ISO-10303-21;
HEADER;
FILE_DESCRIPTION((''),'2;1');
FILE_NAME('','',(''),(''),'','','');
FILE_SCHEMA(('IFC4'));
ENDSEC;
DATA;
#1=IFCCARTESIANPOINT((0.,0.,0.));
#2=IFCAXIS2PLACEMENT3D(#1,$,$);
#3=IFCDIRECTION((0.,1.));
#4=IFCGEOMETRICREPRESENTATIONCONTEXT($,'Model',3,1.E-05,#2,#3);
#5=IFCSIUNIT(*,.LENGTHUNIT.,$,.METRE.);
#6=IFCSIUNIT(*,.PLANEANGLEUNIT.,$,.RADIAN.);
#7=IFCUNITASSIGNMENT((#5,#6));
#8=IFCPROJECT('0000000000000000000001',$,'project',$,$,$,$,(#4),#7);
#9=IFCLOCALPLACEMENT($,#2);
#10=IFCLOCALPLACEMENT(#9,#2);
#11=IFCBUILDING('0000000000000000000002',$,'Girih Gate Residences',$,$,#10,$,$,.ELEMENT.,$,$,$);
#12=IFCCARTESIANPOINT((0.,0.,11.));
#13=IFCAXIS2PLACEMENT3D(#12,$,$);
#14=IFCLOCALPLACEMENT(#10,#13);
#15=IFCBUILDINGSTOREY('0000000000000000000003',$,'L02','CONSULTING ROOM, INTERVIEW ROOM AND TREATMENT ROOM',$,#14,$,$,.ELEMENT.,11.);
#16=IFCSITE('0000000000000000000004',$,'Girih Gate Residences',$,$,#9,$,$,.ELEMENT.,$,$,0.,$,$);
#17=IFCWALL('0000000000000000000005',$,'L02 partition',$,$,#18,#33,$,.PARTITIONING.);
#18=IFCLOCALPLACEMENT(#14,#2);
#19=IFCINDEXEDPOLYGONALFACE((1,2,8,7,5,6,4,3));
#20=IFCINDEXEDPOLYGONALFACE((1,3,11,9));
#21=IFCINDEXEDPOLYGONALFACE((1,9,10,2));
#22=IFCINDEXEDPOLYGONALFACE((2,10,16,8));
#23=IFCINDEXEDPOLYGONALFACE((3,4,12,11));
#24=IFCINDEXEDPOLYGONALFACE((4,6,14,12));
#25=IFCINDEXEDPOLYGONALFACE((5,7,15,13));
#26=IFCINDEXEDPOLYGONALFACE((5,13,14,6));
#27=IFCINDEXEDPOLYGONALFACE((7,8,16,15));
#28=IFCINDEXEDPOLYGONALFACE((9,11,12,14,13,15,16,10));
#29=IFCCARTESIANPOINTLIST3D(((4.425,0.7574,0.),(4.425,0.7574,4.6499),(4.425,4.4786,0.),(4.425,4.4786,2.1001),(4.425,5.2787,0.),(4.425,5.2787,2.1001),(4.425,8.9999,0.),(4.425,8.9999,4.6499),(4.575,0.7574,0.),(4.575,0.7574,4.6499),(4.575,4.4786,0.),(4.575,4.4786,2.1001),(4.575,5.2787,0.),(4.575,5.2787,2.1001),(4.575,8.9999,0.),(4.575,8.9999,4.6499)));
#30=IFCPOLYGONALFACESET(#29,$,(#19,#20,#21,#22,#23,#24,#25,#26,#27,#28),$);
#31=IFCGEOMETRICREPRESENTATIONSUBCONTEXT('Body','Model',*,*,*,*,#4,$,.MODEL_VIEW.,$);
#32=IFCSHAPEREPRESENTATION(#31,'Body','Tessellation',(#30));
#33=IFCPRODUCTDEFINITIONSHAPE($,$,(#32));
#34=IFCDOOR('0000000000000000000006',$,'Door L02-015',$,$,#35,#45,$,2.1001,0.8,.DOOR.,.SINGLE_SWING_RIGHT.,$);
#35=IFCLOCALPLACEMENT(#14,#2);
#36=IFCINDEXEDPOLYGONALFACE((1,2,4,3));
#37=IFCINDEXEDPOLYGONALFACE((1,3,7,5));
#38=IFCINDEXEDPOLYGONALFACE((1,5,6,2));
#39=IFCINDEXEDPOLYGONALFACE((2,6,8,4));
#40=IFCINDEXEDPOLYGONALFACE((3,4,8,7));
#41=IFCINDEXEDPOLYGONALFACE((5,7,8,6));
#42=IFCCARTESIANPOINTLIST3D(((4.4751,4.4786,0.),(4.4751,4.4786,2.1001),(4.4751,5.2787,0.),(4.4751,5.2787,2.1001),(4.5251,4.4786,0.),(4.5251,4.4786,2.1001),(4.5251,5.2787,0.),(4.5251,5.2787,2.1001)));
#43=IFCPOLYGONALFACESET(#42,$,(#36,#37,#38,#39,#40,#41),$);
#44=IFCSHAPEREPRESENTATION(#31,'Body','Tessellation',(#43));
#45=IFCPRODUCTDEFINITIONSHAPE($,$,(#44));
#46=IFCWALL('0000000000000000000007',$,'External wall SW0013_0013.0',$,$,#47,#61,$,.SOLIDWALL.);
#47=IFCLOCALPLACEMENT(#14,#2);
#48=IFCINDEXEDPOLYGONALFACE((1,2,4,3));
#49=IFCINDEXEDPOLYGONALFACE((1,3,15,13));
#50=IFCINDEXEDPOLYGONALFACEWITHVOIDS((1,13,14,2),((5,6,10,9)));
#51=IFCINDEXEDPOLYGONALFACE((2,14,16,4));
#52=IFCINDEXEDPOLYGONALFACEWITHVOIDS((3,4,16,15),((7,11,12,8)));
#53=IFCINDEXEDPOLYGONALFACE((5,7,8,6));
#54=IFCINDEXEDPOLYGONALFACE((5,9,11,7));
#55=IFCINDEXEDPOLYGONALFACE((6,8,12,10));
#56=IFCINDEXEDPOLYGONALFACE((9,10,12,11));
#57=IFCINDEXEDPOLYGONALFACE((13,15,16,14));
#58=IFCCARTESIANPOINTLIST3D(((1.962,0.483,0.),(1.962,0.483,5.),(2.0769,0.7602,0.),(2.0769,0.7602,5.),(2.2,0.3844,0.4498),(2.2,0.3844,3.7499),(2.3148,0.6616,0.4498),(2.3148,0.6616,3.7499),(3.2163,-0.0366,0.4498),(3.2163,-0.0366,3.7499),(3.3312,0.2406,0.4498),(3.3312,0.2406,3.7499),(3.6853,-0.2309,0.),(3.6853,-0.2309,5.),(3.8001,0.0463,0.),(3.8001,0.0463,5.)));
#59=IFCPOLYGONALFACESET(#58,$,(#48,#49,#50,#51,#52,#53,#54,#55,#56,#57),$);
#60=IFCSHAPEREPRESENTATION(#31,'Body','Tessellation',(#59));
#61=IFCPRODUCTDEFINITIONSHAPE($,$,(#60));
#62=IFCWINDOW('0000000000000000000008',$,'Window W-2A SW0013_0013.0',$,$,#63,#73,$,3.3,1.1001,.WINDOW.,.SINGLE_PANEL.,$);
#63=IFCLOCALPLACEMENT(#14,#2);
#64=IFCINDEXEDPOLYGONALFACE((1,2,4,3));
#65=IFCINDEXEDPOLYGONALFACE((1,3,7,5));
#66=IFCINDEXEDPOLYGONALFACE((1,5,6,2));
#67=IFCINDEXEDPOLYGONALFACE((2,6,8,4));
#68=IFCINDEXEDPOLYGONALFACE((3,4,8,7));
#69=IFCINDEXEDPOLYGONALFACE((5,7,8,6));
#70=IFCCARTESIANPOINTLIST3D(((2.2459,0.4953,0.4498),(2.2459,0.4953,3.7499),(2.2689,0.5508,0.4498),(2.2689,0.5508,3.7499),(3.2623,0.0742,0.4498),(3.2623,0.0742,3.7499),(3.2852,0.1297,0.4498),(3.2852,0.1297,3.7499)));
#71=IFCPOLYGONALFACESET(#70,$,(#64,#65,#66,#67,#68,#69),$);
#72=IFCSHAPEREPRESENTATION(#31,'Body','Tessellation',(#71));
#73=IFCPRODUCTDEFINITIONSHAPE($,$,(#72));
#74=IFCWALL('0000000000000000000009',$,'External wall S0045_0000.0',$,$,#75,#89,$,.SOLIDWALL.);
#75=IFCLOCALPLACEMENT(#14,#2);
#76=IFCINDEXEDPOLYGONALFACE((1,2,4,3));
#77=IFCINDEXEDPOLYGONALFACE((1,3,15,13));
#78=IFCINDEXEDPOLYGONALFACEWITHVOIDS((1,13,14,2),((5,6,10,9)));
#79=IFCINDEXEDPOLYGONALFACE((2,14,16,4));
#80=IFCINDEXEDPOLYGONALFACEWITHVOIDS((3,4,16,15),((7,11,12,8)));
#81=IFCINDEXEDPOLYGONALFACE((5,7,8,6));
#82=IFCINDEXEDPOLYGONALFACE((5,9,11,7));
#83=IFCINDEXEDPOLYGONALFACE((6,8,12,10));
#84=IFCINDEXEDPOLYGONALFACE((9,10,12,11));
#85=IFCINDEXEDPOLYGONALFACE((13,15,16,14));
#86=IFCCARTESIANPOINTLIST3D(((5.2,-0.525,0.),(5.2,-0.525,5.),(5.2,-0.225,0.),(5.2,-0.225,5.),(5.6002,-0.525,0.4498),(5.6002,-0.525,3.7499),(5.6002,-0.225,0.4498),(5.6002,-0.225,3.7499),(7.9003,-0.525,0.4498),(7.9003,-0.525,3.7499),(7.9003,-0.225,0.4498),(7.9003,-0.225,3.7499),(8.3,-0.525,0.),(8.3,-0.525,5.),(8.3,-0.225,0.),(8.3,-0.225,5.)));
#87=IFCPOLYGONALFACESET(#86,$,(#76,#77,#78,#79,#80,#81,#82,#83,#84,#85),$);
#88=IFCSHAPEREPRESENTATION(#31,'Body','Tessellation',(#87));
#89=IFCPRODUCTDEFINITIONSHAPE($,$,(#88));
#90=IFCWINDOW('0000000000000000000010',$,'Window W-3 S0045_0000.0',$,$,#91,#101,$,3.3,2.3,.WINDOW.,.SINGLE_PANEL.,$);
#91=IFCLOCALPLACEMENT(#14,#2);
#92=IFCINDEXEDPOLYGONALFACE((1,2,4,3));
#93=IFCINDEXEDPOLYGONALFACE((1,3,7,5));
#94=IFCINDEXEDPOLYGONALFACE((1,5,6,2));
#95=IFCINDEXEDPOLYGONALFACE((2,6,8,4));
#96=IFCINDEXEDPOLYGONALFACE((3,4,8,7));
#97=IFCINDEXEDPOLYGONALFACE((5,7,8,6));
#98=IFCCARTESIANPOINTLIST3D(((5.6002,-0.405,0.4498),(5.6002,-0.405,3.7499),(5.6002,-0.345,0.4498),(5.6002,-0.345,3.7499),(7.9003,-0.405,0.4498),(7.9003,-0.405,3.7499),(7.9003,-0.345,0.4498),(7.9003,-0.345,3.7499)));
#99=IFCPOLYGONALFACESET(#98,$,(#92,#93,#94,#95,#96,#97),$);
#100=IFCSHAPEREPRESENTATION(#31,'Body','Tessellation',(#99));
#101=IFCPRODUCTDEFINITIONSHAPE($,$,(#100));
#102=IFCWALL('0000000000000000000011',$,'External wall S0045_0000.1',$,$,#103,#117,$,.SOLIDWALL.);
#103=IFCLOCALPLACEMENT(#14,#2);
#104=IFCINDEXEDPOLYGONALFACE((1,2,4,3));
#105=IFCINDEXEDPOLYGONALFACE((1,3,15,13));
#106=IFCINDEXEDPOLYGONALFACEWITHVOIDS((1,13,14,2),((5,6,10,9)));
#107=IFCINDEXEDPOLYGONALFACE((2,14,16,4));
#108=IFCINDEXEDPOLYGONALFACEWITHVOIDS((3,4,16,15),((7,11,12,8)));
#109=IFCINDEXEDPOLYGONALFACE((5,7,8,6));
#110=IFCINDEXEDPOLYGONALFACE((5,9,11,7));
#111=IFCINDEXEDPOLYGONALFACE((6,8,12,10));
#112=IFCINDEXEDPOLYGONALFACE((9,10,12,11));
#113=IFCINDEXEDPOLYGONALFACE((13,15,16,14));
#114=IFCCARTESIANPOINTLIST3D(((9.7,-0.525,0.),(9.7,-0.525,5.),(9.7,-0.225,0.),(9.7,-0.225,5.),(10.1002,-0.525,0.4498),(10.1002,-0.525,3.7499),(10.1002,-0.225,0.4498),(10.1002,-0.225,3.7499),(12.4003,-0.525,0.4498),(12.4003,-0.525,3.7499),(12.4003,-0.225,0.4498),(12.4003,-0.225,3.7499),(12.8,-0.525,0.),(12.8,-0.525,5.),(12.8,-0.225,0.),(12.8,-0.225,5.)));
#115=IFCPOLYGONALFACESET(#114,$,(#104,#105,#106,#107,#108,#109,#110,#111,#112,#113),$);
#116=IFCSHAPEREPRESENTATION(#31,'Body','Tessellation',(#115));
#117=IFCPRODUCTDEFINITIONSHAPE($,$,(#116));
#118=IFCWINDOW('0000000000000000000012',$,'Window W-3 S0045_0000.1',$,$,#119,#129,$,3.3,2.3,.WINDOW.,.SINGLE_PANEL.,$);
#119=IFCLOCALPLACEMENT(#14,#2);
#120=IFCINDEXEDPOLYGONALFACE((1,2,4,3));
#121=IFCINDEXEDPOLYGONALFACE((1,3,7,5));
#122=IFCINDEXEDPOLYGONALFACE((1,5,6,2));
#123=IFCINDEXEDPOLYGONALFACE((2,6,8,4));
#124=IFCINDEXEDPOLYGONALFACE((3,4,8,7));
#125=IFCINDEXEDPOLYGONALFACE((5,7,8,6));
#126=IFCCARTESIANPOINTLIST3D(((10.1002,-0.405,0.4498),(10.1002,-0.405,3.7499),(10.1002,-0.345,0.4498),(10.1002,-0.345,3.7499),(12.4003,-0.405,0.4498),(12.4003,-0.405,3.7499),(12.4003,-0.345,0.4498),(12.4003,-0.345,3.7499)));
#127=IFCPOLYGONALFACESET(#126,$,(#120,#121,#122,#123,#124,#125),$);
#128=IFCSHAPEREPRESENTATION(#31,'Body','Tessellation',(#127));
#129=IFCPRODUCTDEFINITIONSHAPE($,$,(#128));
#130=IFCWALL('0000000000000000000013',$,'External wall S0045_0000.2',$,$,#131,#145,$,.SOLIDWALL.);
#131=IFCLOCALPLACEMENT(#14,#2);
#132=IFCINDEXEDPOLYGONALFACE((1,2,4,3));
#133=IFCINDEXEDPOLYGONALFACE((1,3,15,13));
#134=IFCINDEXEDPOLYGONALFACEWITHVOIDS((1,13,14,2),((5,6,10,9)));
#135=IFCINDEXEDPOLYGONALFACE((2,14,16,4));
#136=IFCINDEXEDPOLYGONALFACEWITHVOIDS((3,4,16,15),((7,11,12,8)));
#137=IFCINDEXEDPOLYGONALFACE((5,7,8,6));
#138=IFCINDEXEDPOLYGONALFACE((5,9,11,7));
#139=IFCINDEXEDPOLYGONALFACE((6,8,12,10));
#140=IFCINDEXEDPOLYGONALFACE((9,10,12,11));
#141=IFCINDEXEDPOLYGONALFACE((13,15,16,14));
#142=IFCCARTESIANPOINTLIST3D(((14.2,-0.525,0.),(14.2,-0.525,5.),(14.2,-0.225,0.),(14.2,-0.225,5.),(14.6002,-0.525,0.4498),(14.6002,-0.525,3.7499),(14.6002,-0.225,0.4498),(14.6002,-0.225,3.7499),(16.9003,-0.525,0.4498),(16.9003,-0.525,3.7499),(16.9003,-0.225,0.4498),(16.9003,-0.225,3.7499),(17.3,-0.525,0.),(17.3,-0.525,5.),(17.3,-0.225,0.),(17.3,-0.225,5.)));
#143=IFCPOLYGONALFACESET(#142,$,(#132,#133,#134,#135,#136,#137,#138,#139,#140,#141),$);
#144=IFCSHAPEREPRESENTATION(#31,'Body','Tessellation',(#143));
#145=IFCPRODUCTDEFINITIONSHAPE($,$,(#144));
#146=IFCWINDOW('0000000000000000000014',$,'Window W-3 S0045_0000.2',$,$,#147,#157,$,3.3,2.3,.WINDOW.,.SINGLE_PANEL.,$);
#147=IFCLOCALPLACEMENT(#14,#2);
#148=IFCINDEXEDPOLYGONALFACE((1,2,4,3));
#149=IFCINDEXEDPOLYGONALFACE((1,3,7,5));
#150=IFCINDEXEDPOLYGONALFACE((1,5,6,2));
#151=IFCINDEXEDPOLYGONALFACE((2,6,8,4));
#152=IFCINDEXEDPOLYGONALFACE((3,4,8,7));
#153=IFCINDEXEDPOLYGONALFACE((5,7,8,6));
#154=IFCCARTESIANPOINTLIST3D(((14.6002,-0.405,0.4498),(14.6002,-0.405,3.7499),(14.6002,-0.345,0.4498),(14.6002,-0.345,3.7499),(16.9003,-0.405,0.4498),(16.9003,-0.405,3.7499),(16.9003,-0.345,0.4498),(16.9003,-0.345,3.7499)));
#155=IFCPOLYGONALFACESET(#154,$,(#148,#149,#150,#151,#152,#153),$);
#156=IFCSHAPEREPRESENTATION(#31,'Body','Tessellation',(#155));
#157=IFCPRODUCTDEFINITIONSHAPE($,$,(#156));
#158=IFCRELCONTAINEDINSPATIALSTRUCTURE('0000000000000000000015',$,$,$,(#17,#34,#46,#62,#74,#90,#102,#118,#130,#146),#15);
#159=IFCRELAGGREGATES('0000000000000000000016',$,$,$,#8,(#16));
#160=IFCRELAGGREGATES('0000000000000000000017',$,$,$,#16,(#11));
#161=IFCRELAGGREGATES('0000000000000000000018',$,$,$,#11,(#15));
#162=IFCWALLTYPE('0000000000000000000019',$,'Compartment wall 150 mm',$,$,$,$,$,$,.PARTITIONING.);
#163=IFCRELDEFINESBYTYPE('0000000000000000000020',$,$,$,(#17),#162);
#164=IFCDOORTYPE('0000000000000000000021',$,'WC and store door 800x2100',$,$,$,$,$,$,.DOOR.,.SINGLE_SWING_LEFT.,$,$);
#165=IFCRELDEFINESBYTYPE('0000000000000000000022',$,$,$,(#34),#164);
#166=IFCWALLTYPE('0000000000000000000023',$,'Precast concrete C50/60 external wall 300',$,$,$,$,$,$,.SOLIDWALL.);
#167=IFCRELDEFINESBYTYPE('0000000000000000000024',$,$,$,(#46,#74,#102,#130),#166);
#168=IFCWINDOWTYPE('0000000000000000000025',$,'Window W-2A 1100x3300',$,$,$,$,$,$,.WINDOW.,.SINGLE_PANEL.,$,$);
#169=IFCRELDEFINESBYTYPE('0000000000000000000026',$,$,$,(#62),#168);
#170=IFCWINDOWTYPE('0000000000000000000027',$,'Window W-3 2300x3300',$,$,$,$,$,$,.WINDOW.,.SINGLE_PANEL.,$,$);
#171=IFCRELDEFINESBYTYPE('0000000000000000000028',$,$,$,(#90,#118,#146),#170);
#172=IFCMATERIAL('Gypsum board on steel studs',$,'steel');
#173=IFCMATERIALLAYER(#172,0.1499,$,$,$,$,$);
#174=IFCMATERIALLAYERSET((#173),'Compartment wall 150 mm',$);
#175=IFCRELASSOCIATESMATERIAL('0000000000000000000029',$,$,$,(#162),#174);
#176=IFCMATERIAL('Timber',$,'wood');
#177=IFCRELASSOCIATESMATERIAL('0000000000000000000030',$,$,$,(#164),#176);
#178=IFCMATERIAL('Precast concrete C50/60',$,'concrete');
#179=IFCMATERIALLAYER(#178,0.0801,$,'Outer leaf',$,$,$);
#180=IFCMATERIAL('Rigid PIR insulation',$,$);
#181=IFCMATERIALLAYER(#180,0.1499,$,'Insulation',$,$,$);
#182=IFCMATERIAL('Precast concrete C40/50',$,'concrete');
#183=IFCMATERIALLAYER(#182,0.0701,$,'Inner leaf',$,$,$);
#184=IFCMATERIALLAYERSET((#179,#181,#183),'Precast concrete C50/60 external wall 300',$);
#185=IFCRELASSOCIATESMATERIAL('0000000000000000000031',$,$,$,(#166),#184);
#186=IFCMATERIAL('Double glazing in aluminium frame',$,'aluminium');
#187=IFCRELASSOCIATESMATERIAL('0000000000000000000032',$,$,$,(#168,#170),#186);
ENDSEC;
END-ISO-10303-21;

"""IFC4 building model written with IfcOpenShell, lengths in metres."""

from ifc_helpers import new_model, si_unit, direction, frame, frame_2d, origin, place, context, subcontext, project, spatial, rectangle, extrude, material, layer, layer_set, type_object, element, fill, save


model = new_model("IFC4")

# Units and contexts
model_context = context("Model", 3, precision=1e-05, world=origin(), true_north=direction((0.0, 1.0)))
body_context = subcontext(model_context, "Body", "Model", "MODEL_VIEW")
ifc_project = project(units=[si_unit("LENGTHUNIT", "METRE"), si_unit("PLANEANGLEUNIT", "RADIAN")], contexts=[model_context])

# Site, building, storey
site_placement = place(None, origin())
site = spatial("IfcSite", under=ifc_project, at=site_placement, Name="Girih Gate Residences", CompositionType="ELEMENT", RefElevation=0.0)
building_placement = place(site_placement, origin())
building = spatial("IfcBuilding", under=site, at=building_placement, Name="Girih Gate Residences", CompositionType="ELEMENT")
storey_placement = place(building_placement, frame((0.0, 0.0, 11.0)))
storey = spatial("IfcBuildingStorey", under=building, at=storey_placement, Name="L02", Description="CONSULTING ROOM, INTERVIEW ROOM AND TREATMENT ROOM", CompositionType="ELEMENT", Elevation=11.0)

# Wall, opening, door
ifc_material_1 = material(Name="Gypsum board on steel studs", Category="steel")
ifc_layer_1 = layer(ifc_material_1, 0.1499)
ifc_layer_set_1 = layer_set([ifc_layer_1], Name="Compartment wall 150 mm")
wall_type_1 = type_object("IfcWallType", Name="Compartment wall 150 mm", PredefinedType="PARTITIONING", material=ifc_layer_set_1)
wall_1_placement = place(storey_placement, frame((4.5, 0.7576, 0.0), z_axis=(0.0, 0.0, 1.0), x_axis=(0.0, 1.0, 0.0)))
wall_1 = element("IfcWall", 1, at=wall_1_placement, inside=storey, type_object=wall_type_1, Name="L02 partition", PredefinedType="PARTITIONING", context=body_context, shape_type="SweptSolid", body=[
    extrude(rectangle(XDim=8.2424, YDim=0.1499, at=frame_2d((4.1211, 0.0))), origin(), (0.0, 0.0, 1.0), 4.6499),
])
opening_1_placement = place(wall_1_placement, frame((3.7212, 0.0, 0.0)))
opening_1 = element("IfcOpeningElement", 2, at=opening_1_placement, cuts=wall_1, PredefinedType="OPENING", context=body_context, shape_type="SweptSolid", body=[
    extrude(rectangle(XDim=0.8, YDim=2.1001, at=frame_2d((0.3999, 1.05))), frame((0.0, 0.085, 0.0), z_axis=(0.0, -1.0, 0.0), x_axis=(1.0, 0.0, 0.0)), (0.0, 0.0, 1.0), 0.1699),
])
ifc_material_2 = material(Name="Timber", Category="wood")
door_type = type_object("IfcDoorType", Name="WC and store door 800x2100", OperationType="SINGLE_SWING_LEFT", PredefinedType="DOOR", material=ifc_material_2)
door_placement = place(opening_1_placement, origin())
door = element("IfcDoor", 3, at=door_placement, inside=storey, type_object=door_type, Name="Door L02-015", OperationType="SINGLE_SWING_RIGHT", OverallHeight=2.1001, OverallWidth=0.8, PredefinedType="DOOR", context=body_context, shape_type="SweptSolid", body=[
    extrude(rectangle(XDim=0.8, YDim=2.1001, at=frame_2d((0.3999, 1.05))), frame((0.0, 0.0249, 0.0), z_axis=(0.0, -1.0, 0.0), x_axis=(1.0, 0.0, 0.0)), (0.0, 0.0, 1.0), 0.05),
])
fill(opening_1, door)

# Walls, openings, windows
ifc_material_3 = material(Name="Precast concrete C50/60", Category="concrete")
ifc_layer_2 = layer(ifc_material_3, 0.0801, Name="Outer leaf")
ifc_material_4 = material(Name="Rigid PIR insulation")
ifc_layer_3 = layer(ifc_material_4, 0.1499, Name="Insulation")
ifc_material_5 = material(Name="Precast concrete C40/50", Category="concrete")
ifc_layer_4 = layer(ifc_material_5, 0.0701, Name="Inner leaf")
ifc_layer_set_2 = layer_set([ifc_layer_2, ifc_layer_3, ifc_layer_4], Name="Precast concrete C50/60 external wall 300")
wall_type_2 = type_object("IfcWallType", Name="Precast concrete C50/60 external wall 300", PredefinedType="SOLIDWALL", material=ifc_layer_set_2)
wall_2_placement = place(storey_placement, frame((3.7427, -0.0923, 0.0), z_axis=(0.0, 0.0, 1.0), x_axis=(-0.923857, 0.382737, 0.0)))
wall_2 = element("IfcWall", 4, at=wall_2_placement, inside=storey, type_object=wall_type_2, Name="External wall SW0013_0013.0", PredefinedType="SOLIDWALL", context=body_context, shape_type="SweptSolid", body=[
    extrude(rectangle(XDim=1.8652, YDim=0.3, at=frame_2d((0.9326, 0.0))), origin(), (0.0, 0.0, 1.0), 5.0),
])
opening_2_placement = place(wall_2_placement, frame((0.5076, 0.0, 0.45)))
opening_2 = element("IfcOpeningElement", 5, at=opening_2_placement, cuts=wall_2, PredefinedType="OPENING", context=body_context, shape_type="SweptSolid", body=[
    extrude(rectangle(XDim=1.1001, YDim=3.3, at=frame_2d((0.55, 1.6499))), frame((0.0, 0.1599, 0.0), z_axis=(0.0, -1.0, 0.0), x_axis=(1.0, 0.0, 0.0)), (0.0, 0.0, 1.0), 0.3201),
])
ifc_material_6 = material(Name="Double glazing in aluminium frame", Category="aluminium")
window_type_1 = type_object("IfcWindowType", Name="Window W-2A 1100x3300", PartitioningType="SINGLE_PANEL", PredefinedType="WINDOW", material=ifc_material_6)
window_1_placement = place(opening_2_placement, origin())
window_1 = element("IfcWindow", 6, at=window_1_placement, inside=storey, type_object=window_type_1, Name="Window W-2A SW0013_0013.0", OverallHeight=3.3, OverallWidth=1.1001, PartitioningType="SINGLE_PANEL", PredefinedType="WINDOW", context=body_context, shape_type="SweptSolid", body=[
    extrude(rectangle(XDim=1.1001, YDim=3.3, at=frame_2d((0.55, 1.6499))), frame((0.0, 0.03, 0.0), z_axis=(0.0, -1.0, 0.0), x_axis=(1.0, 0.0, 0.0)), (0.0, 0.0, 1.0), 0.0601),
])
fill(opening_2, window_1)
wall_3_placement = place(storey_placement, frame((8.3, -0.375, 0.0), z_axis=(0.0, 0.0, 1.0), x_axis=(-1.0, 0.0, 0.0)))
wall_3 = element("IfcWall", 7, at=wall_3_placement, inside=storey, type_object=wall_type_2, Name="External wall S0045_0000.0", PredefinedType="SOLIDWALL", context=body_context, shape_type="SweptSolid", body=[
    extrude(rectangle(XDim=3.1001, YDim=0.3, at=frame_2d((1.55, 0.0))), origin(), (0.0, 0.0, 1.0), 5.0),
])
opening_3_placement = place(wall_3_placement, frame((0.3999, 0.0, 0.45)))
opening_3 = element("IfcOpeningElement", 8, at=opening_3_placement, cuts=wall_3, PredefinedType="OPENING", context=body_context, shape_type="SweptSolid", body=[
    extrude(rectangle(XDim=2.3, YDim=3.3, at=frame_2d((1.1499, 1.6499))), frame((0.0, 0.1599, 0.0), z_axis=(0.0, -1.0, 0.0), x_axis=(1.0, 0.0, 0.0)), (0.0, 0.0, 1.0), 0.3201),
])
window_type_2 = type_object("IfcWindowType", Name="Window W-3 2300x3300", PartitioningType="SINGLE_PANEL", PredefinedType="WINDOW", material=ifc_material_6)
window_2_placement = place(opening_3_placement, origin())
window_2 = element("IfcWindow", 9, at=window_2_placement, inside=storey, type_object=window_type_2, Name="Window W-3 S0045_0000.0", OverallHeight=3.3, OverallWidth=2.3, PartitioningType="SINGLE_PANEL", PredefinedType="WINDOW", context=body_context, shape_type="SweptSolid", body=[
    extrude(rectangle(XDim=2.3, YDim=3.3, at=frame_2d((1.1499, 1.6499))), frame((0.0, 0.03, 0.0), z_axis=(0.0, -1.0, 0.0), x_axis=(1.0, 0.0, 0.0)), (0.0, 0.0, 1.0), 0.0601),
])
fill(opening_3, window_2)
wall_4_placement = place(storey_placement, frame((12.8, -0.375, 0.0), z_axis=(0.0, 0.0, 1.0), x_axis=(-1.0, 0.0, 0.0)))
wall_4 = element("IfcWall", 10, at=wall_4_placement, inside=storey, type_object=wall_type_2, Name="External wall S0045_0000.1", PredefinedType="SOLIDWALL", context=body_context, shape_type="SweptSolid", body=[
    extrude(rectangle(XDim=3.1001, YDim=0.3, at=frame_2d((1.55, 0.0))), origin(), (0.0, 0.0, 1.0), 5.0),
])
opening_4_placement = place(wall_4_placement, frame((0.3999, 0.0, 0.45)))
opening_4 = element("IfcOpeningElement", 11, at=opening_4_placement, cuts=wall_4, PredefinedType="OPENING", context=body_context, shape_type="SweptSolid", body=[
    extrude(rectangle(XDim=2.3, YDim=3.3, at=frame_2d((1.1499, 1.6499))), frame((0.0, 0.1599, 0.0), z_axis=(0.0, -1.0, 0.0), x_axis=(1.0, 0.0, 0.0)), (0.0, 0.0, 1.0), 0.3201),
])
window_3_placement = place(opening_4_placement, origin())
window_3 = element("IfcWindow", 12, at=window_3_placement, inside=storey, type_object=window_type_2, Name="Window W-3 S0045_0000.1", OverallHeight=3.3, OverallWidth=2.3, PartitioningType="SINGLE_PANEL", PredefinedType="WINDOW", context=body_context, shape_type="SweptSolid", body=[
    extrude(rectangle(XDim=2.3, YDim=3.3, at=frame_2d((1.1499, 1.6499))), frame((0.0, 0.03, 0.0), z_axis=(0.0, -1.0, 0.0), x_axis=(1.0, 0.0, 0.0)), (0.0, 0.0, 1.0), 0.0601),
])
fill(opening_4, window_3)
wall_5_placement = place(storey_placement, frame((17.3, -0.375, 0.0), z_axis=(0.0, 0.0, 1.0), x_axis=(-1.0, 0.0, 0.0)))
wall_5 = element("IfcWall", 13, at=wall_5_placement, inside=storey, type_object=wall_type_2, Name="External wall S0045_0000.2", PredefinedType="SOLIDWALL", context=body_context, shape_type="SweptSolid", body=[
    extrude(rectangle(XDim=3.1001, YDim=0.3, at=frame_2d((1.55, 0.0))), origin(), (0.0, 0.0, 1.0), 5.0),
])
opening_5_placement = place(wall_5_placement, frame((0.3999, 0.0, 0.45)))
opening_5 = element("IfcOpeningElement", 14, at=opening_5_placement, cuts=wall_5, PredefinedType="OPENING", context=body_context, shape_type="SweptSolid", body=[
    extrude(rectangle(XDim=2.3, YDim=3.3, at=frame_2d((1.1499, 1.6499))), frame((0.0, 0.1599, 0.0), z_axis=(0.0, -1.0, 0.0), x_axis=(1.0, 0.0, 0.0)), (0.0, 0.0, 1.0), 0.3201),
])
window_4_placement = place(opening_5_placement, origin())
window_4 = element("IfcWindow", 15, at=window_4_placement, inside=storey, type_object=window_type_2, Name="Window W-3 S0045_0000.2", OverallHeight=3.3, OverallWidth=2.3, PartitioningType="SINGLE_PANEL", PredefinedType="WINDOW", context=body_context, shape_type="SweptSolid", body=[
    extrude(rectangle(XDim=2.3, YDim=3.3, at=frame_2d((1.1499, 1.6499))), frame((0.0, 0.03, 0.0), z_axis=(0.0, -1.0, 0.0), x_axis=(1.0, 0.0, 0.0)), (0.0, 0.0, 1.0), 0.0601),
])
fill(opening_5, window_4)

save(model, "model.ifc")
